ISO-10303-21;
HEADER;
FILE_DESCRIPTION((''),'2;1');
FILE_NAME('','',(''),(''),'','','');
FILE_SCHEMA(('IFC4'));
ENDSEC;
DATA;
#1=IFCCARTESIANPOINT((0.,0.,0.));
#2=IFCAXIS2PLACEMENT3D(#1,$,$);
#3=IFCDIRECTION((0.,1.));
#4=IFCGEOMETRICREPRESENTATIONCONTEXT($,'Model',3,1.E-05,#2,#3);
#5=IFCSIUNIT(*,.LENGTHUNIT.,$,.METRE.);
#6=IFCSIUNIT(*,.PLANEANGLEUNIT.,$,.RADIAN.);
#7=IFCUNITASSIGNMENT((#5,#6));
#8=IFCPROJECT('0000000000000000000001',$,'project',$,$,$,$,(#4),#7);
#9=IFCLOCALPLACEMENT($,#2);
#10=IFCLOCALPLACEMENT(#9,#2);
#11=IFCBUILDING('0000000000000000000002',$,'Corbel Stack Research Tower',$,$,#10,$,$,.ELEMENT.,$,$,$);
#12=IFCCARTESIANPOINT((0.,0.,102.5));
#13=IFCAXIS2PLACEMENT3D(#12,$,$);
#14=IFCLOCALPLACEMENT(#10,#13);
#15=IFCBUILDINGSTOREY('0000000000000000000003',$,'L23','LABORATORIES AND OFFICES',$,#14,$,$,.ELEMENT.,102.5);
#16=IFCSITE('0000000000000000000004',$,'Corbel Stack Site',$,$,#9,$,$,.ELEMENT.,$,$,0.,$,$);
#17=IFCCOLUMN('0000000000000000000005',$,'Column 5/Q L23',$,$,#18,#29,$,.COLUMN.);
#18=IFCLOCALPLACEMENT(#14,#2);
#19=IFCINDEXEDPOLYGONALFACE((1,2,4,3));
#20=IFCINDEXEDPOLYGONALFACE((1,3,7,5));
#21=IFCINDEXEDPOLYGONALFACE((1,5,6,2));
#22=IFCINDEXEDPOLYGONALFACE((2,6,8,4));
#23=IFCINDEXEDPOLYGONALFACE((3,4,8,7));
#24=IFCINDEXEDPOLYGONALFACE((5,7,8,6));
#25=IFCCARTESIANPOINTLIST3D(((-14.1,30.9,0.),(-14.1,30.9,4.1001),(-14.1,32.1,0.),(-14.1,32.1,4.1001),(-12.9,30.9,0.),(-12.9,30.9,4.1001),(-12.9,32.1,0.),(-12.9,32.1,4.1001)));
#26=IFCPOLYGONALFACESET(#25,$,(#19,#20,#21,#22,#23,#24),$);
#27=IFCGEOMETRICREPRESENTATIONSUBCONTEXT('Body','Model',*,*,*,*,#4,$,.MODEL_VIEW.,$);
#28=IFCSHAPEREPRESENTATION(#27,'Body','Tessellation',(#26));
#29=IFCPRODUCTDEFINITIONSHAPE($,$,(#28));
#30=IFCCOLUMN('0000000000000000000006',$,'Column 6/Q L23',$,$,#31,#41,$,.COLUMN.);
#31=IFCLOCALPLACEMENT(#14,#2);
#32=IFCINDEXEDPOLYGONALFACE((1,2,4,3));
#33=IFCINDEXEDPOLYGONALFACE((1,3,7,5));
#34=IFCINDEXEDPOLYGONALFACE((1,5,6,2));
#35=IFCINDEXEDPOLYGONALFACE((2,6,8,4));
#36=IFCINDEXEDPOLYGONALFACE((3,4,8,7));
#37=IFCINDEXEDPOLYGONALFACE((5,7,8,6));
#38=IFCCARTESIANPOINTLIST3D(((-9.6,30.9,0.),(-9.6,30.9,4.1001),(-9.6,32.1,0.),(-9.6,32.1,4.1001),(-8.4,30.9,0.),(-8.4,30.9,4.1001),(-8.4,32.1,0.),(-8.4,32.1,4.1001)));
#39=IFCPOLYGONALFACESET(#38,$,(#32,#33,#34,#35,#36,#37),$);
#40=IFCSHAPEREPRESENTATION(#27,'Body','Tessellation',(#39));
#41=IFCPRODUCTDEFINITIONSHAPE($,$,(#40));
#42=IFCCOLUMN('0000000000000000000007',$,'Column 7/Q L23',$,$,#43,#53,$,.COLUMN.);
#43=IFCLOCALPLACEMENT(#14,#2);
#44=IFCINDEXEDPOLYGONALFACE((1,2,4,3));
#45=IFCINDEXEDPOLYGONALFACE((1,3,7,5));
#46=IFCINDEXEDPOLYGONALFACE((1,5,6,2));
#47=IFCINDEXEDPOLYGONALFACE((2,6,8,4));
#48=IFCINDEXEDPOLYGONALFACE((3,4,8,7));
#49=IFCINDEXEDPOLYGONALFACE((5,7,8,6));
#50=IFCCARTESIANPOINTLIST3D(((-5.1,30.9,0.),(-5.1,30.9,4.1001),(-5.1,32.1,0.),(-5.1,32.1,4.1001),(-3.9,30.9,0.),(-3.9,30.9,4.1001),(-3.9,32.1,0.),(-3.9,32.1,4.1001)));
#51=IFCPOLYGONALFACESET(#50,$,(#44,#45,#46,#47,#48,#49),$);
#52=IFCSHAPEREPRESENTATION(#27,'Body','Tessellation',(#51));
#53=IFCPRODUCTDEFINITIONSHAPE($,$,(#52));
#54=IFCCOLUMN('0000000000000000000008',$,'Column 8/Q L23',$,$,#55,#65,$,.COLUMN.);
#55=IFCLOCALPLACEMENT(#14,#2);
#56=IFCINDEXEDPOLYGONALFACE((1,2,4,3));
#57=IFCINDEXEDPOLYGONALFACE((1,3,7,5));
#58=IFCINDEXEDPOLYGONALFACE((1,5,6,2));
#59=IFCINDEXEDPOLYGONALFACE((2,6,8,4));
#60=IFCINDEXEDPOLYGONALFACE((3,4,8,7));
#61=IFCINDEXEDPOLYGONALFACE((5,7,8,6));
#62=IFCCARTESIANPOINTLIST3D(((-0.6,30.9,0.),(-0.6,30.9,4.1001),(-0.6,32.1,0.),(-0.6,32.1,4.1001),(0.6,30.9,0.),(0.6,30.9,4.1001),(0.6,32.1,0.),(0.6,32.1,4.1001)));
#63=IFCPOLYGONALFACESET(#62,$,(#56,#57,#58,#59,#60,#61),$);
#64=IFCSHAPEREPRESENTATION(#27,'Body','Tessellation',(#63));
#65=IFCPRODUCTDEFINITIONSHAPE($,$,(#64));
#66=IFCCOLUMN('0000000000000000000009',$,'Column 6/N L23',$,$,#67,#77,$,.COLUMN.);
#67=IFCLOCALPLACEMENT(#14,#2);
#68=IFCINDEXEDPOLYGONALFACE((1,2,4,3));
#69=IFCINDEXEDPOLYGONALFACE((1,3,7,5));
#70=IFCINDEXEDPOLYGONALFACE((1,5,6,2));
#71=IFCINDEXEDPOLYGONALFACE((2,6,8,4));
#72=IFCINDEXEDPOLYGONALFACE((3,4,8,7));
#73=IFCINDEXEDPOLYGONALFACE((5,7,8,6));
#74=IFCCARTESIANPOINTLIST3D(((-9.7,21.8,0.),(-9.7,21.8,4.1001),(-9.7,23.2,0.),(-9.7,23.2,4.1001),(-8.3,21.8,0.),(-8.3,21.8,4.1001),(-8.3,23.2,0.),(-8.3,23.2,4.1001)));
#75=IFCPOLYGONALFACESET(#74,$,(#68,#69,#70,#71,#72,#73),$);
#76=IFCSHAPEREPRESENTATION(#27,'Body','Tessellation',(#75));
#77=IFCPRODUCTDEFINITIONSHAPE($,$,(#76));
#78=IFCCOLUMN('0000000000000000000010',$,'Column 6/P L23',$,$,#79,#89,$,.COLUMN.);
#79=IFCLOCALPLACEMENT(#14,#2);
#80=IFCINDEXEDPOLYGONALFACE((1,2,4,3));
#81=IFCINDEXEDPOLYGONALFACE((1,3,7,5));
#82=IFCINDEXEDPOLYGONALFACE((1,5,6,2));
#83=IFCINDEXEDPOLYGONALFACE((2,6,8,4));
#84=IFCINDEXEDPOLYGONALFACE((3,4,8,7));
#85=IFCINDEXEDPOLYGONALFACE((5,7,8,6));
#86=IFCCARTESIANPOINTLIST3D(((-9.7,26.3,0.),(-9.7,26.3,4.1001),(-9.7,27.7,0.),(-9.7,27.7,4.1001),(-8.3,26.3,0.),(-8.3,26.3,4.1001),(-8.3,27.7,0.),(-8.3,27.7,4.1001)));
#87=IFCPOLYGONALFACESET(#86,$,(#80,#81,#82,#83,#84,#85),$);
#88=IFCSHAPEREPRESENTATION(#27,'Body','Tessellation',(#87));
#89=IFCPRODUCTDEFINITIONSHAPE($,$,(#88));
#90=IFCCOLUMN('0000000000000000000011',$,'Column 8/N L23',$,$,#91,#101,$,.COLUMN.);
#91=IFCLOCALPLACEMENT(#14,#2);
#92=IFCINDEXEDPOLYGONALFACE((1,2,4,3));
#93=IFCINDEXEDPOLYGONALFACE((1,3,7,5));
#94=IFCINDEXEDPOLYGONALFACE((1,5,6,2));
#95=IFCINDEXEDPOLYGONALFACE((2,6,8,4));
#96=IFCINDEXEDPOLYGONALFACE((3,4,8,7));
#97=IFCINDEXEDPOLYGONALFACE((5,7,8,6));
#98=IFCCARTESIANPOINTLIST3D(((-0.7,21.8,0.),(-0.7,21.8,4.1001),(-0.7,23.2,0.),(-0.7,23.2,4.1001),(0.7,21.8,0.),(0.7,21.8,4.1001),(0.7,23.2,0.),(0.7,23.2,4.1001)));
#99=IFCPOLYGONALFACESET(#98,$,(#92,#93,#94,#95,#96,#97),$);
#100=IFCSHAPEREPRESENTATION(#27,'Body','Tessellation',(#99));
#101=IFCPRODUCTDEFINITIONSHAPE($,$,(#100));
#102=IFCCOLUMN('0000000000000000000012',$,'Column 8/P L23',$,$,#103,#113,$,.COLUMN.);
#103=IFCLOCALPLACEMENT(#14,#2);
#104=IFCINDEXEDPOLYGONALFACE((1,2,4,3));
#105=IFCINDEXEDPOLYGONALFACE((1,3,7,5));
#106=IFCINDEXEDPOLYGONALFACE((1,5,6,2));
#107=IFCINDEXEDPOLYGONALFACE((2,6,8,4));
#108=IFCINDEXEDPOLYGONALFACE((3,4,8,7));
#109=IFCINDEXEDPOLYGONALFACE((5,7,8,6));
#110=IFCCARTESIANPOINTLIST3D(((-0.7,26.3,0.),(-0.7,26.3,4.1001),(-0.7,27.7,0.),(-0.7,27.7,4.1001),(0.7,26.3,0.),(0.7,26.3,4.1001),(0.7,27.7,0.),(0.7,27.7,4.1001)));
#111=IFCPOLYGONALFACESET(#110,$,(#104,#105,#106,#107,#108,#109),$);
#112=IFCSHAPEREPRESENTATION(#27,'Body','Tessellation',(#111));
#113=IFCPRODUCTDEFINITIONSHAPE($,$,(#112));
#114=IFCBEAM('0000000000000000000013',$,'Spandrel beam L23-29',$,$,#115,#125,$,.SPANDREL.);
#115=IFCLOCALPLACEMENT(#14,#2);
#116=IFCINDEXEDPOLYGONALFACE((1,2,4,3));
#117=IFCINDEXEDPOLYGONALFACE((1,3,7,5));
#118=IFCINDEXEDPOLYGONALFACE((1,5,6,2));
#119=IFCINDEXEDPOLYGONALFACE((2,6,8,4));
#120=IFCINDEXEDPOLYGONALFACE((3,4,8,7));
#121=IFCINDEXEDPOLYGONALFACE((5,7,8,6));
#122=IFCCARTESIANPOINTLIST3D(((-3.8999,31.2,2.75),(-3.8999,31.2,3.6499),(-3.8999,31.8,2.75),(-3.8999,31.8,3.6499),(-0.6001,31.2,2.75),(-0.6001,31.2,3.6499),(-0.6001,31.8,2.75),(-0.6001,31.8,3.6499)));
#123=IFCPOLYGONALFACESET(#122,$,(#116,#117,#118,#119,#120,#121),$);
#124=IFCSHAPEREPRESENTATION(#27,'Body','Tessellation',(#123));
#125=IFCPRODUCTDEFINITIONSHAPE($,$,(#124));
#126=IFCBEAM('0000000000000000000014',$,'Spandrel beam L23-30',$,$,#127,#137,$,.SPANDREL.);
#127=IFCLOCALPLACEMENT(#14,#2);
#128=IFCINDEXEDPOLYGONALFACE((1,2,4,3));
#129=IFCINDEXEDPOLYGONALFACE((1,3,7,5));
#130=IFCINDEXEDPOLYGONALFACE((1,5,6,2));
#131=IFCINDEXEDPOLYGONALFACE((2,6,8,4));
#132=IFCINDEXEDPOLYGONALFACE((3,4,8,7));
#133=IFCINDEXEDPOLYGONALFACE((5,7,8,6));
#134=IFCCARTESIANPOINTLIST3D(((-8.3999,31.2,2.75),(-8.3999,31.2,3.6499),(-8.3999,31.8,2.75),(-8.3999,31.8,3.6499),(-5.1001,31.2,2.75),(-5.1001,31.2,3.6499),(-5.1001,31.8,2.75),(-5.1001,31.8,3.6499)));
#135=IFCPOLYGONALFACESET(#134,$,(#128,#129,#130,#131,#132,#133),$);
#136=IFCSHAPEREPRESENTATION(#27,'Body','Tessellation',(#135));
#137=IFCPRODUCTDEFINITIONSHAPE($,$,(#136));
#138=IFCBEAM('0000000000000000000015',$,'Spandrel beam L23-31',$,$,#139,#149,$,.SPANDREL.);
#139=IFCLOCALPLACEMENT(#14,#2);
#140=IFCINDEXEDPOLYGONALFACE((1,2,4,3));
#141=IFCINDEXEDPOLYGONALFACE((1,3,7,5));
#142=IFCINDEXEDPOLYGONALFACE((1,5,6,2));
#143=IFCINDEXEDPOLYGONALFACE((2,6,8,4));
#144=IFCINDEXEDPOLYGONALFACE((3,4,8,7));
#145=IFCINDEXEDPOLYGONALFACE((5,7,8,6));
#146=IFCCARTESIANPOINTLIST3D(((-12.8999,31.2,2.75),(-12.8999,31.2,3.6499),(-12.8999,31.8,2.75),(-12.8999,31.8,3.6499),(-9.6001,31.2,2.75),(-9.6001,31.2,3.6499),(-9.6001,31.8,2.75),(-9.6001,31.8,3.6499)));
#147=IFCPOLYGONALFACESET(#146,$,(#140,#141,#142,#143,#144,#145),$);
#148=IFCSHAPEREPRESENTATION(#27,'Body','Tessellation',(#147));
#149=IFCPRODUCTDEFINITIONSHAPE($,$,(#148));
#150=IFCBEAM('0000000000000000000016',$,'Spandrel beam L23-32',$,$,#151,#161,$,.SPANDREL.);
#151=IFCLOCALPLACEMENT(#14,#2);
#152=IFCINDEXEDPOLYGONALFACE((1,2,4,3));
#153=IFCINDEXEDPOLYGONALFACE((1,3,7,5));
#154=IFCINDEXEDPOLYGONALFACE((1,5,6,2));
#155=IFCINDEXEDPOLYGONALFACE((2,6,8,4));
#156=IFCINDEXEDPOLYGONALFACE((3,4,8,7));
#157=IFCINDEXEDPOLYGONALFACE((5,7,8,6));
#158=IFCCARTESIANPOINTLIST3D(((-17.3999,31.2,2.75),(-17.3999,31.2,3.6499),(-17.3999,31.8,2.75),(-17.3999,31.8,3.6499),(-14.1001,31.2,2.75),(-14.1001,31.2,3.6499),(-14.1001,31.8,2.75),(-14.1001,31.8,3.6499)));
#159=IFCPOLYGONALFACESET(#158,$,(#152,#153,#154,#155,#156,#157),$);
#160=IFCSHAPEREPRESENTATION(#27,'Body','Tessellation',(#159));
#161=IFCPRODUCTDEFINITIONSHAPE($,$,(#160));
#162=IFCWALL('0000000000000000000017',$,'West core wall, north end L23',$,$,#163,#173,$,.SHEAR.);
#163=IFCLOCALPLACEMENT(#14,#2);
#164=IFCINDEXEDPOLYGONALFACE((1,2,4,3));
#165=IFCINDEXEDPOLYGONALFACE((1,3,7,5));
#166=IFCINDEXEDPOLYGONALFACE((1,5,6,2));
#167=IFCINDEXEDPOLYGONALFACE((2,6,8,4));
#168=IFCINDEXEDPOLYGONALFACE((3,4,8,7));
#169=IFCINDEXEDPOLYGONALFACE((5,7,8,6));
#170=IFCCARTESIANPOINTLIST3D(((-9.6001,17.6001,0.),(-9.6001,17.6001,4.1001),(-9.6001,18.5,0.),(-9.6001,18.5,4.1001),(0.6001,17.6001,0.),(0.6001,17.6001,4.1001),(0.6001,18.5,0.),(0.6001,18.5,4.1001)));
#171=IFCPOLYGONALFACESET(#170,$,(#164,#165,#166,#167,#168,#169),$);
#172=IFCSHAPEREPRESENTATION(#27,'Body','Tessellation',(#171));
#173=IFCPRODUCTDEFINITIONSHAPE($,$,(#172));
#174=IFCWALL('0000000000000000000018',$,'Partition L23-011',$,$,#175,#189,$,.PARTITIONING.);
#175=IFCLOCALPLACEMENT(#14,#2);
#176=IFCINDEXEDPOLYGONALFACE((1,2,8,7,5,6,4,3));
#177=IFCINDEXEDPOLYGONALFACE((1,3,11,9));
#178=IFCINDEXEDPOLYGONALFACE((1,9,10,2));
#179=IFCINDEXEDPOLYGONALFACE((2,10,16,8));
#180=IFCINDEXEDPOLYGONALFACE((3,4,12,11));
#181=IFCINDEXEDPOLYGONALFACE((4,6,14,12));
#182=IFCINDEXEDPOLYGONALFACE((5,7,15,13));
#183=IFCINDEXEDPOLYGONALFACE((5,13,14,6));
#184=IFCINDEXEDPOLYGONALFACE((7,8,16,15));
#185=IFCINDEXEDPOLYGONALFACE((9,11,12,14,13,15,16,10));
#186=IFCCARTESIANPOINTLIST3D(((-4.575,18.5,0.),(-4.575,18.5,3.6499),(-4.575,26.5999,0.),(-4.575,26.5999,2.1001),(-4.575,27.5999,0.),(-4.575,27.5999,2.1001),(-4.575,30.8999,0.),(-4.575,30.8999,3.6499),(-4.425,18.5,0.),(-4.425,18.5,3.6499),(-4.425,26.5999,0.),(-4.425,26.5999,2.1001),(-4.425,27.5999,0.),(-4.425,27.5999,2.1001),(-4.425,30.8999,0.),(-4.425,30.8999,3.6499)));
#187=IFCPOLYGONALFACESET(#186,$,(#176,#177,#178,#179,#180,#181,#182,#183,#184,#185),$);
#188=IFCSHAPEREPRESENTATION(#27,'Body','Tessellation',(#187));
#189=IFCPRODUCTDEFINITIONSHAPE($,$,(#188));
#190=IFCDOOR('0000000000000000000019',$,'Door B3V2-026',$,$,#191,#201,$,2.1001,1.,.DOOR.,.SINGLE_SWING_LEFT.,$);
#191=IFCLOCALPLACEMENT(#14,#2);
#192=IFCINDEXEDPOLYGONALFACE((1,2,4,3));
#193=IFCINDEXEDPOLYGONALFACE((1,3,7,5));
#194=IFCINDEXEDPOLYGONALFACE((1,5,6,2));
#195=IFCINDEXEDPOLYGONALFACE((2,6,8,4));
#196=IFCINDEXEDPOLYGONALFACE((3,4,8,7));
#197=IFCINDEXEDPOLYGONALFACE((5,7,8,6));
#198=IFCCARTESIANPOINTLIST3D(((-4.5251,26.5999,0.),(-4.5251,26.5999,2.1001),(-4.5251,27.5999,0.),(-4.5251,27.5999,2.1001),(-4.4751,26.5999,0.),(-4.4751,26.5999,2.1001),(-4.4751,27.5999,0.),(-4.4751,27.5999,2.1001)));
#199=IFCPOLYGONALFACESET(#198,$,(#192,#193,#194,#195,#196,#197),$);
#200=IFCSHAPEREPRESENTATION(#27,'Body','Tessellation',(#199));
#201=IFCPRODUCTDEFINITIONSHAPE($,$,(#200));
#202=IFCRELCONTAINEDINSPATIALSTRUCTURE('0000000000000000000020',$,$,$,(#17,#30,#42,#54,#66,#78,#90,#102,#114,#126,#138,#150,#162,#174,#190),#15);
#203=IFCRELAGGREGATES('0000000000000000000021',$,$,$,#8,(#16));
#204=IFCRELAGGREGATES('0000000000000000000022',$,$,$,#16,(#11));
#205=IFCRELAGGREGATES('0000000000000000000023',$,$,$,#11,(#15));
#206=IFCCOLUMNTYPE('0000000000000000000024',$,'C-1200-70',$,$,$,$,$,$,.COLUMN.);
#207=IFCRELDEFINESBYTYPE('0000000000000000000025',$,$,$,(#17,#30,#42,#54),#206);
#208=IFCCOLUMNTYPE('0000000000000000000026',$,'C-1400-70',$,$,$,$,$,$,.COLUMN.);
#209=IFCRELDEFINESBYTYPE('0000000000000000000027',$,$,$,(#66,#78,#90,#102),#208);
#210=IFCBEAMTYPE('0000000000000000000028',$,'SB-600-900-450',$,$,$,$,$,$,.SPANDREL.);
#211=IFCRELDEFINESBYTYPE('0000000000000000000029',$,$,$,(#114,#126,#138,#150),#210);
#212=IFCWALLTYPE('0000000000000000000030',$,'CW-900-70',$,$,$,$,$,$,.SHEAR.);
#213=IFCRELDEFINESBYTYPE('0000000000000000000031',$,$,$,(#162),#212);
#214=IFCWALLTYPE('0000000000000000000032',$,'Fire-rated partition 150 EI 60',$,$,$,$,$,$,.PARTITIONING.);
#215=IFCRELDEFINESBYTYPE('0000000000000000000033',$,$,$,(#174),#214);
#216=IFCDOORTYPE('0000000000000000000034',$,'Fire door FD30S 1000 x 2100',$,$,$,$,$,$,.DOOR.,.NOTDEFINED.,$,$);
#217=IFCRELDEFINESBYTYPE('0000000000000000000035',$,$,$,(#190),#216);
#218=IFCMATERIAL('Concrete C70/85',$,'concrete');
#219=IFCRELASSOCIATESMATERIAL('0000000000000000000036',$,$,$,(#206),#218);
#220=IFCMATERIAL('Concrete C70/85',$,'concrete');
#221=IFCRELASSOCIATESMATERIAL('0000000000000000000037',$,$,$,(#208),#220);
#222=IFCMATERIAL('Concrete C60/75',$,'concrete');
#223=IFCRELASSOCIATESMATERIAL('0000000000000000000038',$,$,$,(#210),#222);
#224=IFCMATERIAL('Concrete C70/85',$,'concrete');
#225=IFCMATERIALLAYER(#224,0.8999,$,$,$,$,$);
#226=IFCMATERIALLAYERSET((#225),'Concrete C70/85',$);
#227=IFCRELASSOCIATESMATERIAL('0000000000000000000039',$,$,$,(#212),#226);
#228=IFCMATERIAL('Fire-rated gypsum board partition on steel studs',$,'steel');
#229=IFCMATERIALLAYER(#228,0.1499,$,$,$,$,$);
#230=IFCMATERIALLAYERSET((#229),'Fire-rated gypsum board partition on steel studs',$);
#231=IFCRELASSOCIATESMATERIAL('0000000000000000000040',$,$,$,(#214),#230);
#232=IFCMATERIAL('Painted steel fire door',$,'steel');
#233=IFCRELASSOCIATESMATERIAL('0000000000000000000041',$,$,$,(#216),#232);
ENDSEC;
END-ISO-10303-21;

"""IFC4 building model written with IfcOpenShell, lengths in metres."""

from ifc_helpers import new_model, si_unit, direction, frame, frame_2d, origin, origin_2d, place, context, subcontext, project, spatial, rectangle, extrude, material, layer, layer_set, material_profile, profile_set, type_object, element, fill, save


model = new_model("IFC4")

# Units and contexts
model_context = context("Model", 3, precision=1e-05, world=origin(), true_north=direction((0.0, 1.0)))
body_context = subcontext(model_context, "Body", "Model", "MODEL_VIEW")
ifc_project = project(units=[si_unit("LENGTHUNIT", "METRE"), si_unit("PLANEANGLEUNIT", "RADIAN")], contexts=[model_context])

# Site, building, storey
site_placement = place(None, origin())
site = spatial("IfcSite", under=ifc_project, at=site_placement, Name="Corbel Stack Site", CompositionType="ELEMENT", RefElevation=0.0)
building_placement = place(site_placement, origin())
building = spatial("IfcBuilding", under=site, at=building_placement, Name="Corbel Stack Research Tower", CompositionType="ELEMENT")
storey_placement = place(building_placement, frame((0.0, 0.0, 102.5)))
storey = spatial("IfcBuildingStorey", under=building, at=storey_placement, Name="L23", Description="LABORATORIES AND OFFICES", CompositionType="ELEMENT", Elevation=102.5)

# Columns
ifc_material_1 = material(Name="Concrete C70/85", Category="concrete")
ifc_material_profile_1 = material_profile(ifc_material_1, rectangle(XDim=1.2, YDim=1.2, at=origin_2d()), Name="RC 1200 x 1200")
ifc_profile_set_1 = profile_set([ifc_material_profile_1], Name="Concrete C70/85")
column_type_1 = type_object("IfcColumnType", Name="C-1200-70", PredefinedType="COLUMN", material=ifc_profile_set_1)
for number, where, z_axis, x_axis, name in (
    (1, (-13.5, 31.5, 0.0), (0.0, 0.0, 1.0), (1.0, 0.0, 0.0), "Column 5/Q L23"),
    (2, (-9.0, 31.5, 0.0), (0.0, 0.0, 1.0), (1.0, 0.0, 0.0), "Column 6/Q L23"),
    (3, (-4.5, 31.5, 0.0), (0.0, 0.0, 1.0), (1.0, 0.0, 0.0), "Column 7/Q L23"),
    (4, (0.0, 31.5, 0.0), (0.0, 0.0, 1.0), (1.0, 0.0, 0.0), "Column 8/Q L23"),
):
    element("IfcColumn", number, at=place(storey_placement, frame(where, z_axis=z_axis, x_axis=x_axis)), inside=storey, type_object=column_type_1, Name=name, PredefinedType="COLUMN", context=body_context, shape_type="SweptSolid", body=[
        extrude(rectangle(XDim=1.2, YDim=1.2, at=origin_2d()), origin(), (0.0, 0.0, 1.0), 4.1001),
    ])
ifc_material_2 = material(Name="Concrete C70/85", Category="concrete")
ifc_material_profile_2 = material_profile(ifc_material_2, rectangle(XDim=1.3999, YDim=1.3999, at=origin_2d()), Name="RC 1400 x 1400")
ifc_profile_set_2 = profile_set([ifc_material_profile_2], Name="Concrete C70/85")
column_type_2 = type_object("IfcColumnType", Name="C-1400-70", PredefinedType="COLUMN", material=ifc_profile_set_2)
for number, where, z_axis, x_axis, name in (
    (5, (-9.0, 22.5, 0.0), (0.0, 0.0, 1.0), (1.0, 0.0, 0.0), "Column 6/N L23"),
    (6, (-9.0, 27.0, 0.0), (0.0, 0.0, 1.0), (1.0, 0.0, 0.0), "Column 6/P L23"),
    (7, (0.0, 22.5, 0.0), (0.0, 0.0, 1.0), (1.0, 0.0, 0.0), "Column 8/N L23"),
    (8, (0.0, 27.0, 0.0), (0.0, 0.0, 1.0), (1.0, 0.0, 0.0), "Column 8/P L23"),
):
    element("IfcColumn", number, at=place(storey_placement, frame(where, z_axis=z_axis, x_axis=x_axis)), inside=storey, type_object=column_type_2, Name=name, PredefinedType="COLUMN", context=body_context, shape_type="SweptSolid", body=[
        extrude(rectangle(XDim=1.3999, YDim=1.3999, at=origin_2d()), origin(), (0.0, 0.0, 1.0), 4.1001),
    ])

# Beams
ifc_material_3 = material(Name="Concrete C60/75", Category="concrete")
ifc_material_profile_3 = material_profile(ifc_material_3, rectangle(XDim=0.6001, YDim=0.8999, at=origin_2d()), Name="RC 600 x 900")
ifc_profile_set_3 = profile_set([ifc_material_profile_3], Name="Concrete C60/75")
beam_type = type_object("IfcBeamType", Name="SB-600-900-450", PredefinedType="SPANDREL", material=ifc_profile_set_3)
for number, where, z_axis, x_axis, name in (
    (9, (-0.6001, 31.5, 3.2), (-1.0, 0.0, 0.0), (0.0, -1.0, 0.0), "Spandrel beam L23-29"),
    (10, (-5.1001, 31.5, 3.2), (-1.0, 0.0, 0.0), (0.0, -1.0, 0.0), "Spandrel beam L23-30"),
    (11, (-9.6001, 31.5, 3.2), (-1.0, 0.0, 0.0), (0.0, -1.0, 0.0), "Spandrel beam L23-31"),
    (12, (-14.1001, 31.5, 3.2), (-1.0, 0.0, 0.0), (0.0, -1.0, 0.0), "Spandrel beam L23-32"),
):
    element("IfcBeam", number, at=place(storey_placement, frame(where, z_axis=z_axis, x_axis=x_axis)), inside=storey, type_object=beam_type, Name=name, PredefinedType="SPANDREL", context=body_context, shape_type="SweptSolid", body=[
        extrude(rectangle(XDim=0.6001, YDim=0.8999, at=origin_2d()), origin(), (0.0, 0.0, 1.0), 3.2998),
    ])

# Wall
ifc_material_4 = material(Name="Concrete C70/85", Category="concrete")
ifc_layer_1 = layer(ifc_material_4, 0.8999)
ifc_layer_set_1 = layer_set([ifc_layer_1], Name="Concrete C70/85")
wall_type_1 = type_object("IfcWallType", Name="CW-900-70", PredefinedType="SHEAR", material=ifc_layer_set_1)
wall_1_placement = place(storey_placement, frame((-9.6001, 18.05, 0.0), z_axis=(0.0, 0.0, 1.0), x_axis=(1.0, 0.0, 0.0)))
element("IfcWall", 13, at=wall_1_placement, inside=storey, type_object=wall_type_1, Name="West core wall, north end L23", PredefinedType="SHEAR", context=body_context, shape_type="SweptSolid", body=[
    extrude(rectangle(XDim=10.2002, YDim=0.8999, at=frame_2d((5.1001, 0.0))), origin(), (0.0, 0.0, 1.0), 4.1001),
])

# Wall, opening, door
ifc_material_5 = material(Name="Fire-rated gypsum board partition on steel studs", Category="steel")
ifc_layer_2 = layer(ifc_material_5, 0.1499)
ifc_layer_set_2 = layer_set([ifc_layer_2], Name="Fire-rated gypsum board partition on steel studs")
wall_type_2 = type_object("IfcWallType", Name="Fire-rated partition 150 EI 60", PredefinedType="PARTITIONING", material=ifc_layer_set_2)
wall_2_placement = place(storey_placement, frame((-4.5, 30.8999, 0.0), z_axis=(0.0, 0.0, 1.0), x_axis=(0.0, -1.0, 0.0)))
wall_2 = element("IfcWall", 14, at=wall_2_placement, inside=storey, type_object=wall_type_2, Name="Partition L23-011", PredefinedType="PARTITIONING", context=body_context, shape_type="SweptSolid", body=[
    extrude(rectangle(XDim=12.3999, YDim=0.1499, at=frame_2d((6.2, 0.0))), origin(), (0.0, 0.0, 1.0), 3.6499),
])
opening_1_placement = place(wall_2_placement, frame((3.3, 0.0, 0.0)))
opening_1 = element("IfcOpeningElement", 15, at=opening_1_placement, cuts=wall_2, PredefinedType="OPENING", context=body_context, shape_type="SweptSolid", body=[
    extrude(rectangle(XDim=1.0, YDim=2.1001, at=frame_2d((0.5, 1.05))), frame((0.0, 0.085, 0.0), z_axis=(0.0, -1.0, 0.0), x_axis=(1.0, 0.0, 0.0)), (0.0, 0.0, 1.0), 0.1699),
])
ifc_material_6 = material(Name="Painted steel fire door", Category="steel")
door_type_1 = type_object("IfcDoorType", Name="Fire door FD30S 1000 x 2100", OperationType="NOTDEFINED", PredefinedType="DOOR", material=ifc_material_6)
door_1_placement = place(opening_1_placement, origin())
door_1 = element("IfcDoor", 16, at=door_1_placement, inside=storey, type_object=door_type_1, Name="Door B3V2-026", OperationType="SINGLE_SWING_LEFT", OverallHeight=2.1001, OverallWidth=1.0, PredefinedType="DOOR", context=body_context, shape_type="SweptSolid", body=[
    extrude(rectangle(XDim=1.0, YDim=2.1001, at=frame_2d((0.5, 1.05))), frame((0.0, 0.0249, 0.0), z_axis=(0.0, -1.0, 0.0), x_axis=(1.0, 0.0, 0.0)), (0.0, 0.0, 1.0), 0.05),
])
fill(opening_1, door_1)

save(model, "model.ifc")
